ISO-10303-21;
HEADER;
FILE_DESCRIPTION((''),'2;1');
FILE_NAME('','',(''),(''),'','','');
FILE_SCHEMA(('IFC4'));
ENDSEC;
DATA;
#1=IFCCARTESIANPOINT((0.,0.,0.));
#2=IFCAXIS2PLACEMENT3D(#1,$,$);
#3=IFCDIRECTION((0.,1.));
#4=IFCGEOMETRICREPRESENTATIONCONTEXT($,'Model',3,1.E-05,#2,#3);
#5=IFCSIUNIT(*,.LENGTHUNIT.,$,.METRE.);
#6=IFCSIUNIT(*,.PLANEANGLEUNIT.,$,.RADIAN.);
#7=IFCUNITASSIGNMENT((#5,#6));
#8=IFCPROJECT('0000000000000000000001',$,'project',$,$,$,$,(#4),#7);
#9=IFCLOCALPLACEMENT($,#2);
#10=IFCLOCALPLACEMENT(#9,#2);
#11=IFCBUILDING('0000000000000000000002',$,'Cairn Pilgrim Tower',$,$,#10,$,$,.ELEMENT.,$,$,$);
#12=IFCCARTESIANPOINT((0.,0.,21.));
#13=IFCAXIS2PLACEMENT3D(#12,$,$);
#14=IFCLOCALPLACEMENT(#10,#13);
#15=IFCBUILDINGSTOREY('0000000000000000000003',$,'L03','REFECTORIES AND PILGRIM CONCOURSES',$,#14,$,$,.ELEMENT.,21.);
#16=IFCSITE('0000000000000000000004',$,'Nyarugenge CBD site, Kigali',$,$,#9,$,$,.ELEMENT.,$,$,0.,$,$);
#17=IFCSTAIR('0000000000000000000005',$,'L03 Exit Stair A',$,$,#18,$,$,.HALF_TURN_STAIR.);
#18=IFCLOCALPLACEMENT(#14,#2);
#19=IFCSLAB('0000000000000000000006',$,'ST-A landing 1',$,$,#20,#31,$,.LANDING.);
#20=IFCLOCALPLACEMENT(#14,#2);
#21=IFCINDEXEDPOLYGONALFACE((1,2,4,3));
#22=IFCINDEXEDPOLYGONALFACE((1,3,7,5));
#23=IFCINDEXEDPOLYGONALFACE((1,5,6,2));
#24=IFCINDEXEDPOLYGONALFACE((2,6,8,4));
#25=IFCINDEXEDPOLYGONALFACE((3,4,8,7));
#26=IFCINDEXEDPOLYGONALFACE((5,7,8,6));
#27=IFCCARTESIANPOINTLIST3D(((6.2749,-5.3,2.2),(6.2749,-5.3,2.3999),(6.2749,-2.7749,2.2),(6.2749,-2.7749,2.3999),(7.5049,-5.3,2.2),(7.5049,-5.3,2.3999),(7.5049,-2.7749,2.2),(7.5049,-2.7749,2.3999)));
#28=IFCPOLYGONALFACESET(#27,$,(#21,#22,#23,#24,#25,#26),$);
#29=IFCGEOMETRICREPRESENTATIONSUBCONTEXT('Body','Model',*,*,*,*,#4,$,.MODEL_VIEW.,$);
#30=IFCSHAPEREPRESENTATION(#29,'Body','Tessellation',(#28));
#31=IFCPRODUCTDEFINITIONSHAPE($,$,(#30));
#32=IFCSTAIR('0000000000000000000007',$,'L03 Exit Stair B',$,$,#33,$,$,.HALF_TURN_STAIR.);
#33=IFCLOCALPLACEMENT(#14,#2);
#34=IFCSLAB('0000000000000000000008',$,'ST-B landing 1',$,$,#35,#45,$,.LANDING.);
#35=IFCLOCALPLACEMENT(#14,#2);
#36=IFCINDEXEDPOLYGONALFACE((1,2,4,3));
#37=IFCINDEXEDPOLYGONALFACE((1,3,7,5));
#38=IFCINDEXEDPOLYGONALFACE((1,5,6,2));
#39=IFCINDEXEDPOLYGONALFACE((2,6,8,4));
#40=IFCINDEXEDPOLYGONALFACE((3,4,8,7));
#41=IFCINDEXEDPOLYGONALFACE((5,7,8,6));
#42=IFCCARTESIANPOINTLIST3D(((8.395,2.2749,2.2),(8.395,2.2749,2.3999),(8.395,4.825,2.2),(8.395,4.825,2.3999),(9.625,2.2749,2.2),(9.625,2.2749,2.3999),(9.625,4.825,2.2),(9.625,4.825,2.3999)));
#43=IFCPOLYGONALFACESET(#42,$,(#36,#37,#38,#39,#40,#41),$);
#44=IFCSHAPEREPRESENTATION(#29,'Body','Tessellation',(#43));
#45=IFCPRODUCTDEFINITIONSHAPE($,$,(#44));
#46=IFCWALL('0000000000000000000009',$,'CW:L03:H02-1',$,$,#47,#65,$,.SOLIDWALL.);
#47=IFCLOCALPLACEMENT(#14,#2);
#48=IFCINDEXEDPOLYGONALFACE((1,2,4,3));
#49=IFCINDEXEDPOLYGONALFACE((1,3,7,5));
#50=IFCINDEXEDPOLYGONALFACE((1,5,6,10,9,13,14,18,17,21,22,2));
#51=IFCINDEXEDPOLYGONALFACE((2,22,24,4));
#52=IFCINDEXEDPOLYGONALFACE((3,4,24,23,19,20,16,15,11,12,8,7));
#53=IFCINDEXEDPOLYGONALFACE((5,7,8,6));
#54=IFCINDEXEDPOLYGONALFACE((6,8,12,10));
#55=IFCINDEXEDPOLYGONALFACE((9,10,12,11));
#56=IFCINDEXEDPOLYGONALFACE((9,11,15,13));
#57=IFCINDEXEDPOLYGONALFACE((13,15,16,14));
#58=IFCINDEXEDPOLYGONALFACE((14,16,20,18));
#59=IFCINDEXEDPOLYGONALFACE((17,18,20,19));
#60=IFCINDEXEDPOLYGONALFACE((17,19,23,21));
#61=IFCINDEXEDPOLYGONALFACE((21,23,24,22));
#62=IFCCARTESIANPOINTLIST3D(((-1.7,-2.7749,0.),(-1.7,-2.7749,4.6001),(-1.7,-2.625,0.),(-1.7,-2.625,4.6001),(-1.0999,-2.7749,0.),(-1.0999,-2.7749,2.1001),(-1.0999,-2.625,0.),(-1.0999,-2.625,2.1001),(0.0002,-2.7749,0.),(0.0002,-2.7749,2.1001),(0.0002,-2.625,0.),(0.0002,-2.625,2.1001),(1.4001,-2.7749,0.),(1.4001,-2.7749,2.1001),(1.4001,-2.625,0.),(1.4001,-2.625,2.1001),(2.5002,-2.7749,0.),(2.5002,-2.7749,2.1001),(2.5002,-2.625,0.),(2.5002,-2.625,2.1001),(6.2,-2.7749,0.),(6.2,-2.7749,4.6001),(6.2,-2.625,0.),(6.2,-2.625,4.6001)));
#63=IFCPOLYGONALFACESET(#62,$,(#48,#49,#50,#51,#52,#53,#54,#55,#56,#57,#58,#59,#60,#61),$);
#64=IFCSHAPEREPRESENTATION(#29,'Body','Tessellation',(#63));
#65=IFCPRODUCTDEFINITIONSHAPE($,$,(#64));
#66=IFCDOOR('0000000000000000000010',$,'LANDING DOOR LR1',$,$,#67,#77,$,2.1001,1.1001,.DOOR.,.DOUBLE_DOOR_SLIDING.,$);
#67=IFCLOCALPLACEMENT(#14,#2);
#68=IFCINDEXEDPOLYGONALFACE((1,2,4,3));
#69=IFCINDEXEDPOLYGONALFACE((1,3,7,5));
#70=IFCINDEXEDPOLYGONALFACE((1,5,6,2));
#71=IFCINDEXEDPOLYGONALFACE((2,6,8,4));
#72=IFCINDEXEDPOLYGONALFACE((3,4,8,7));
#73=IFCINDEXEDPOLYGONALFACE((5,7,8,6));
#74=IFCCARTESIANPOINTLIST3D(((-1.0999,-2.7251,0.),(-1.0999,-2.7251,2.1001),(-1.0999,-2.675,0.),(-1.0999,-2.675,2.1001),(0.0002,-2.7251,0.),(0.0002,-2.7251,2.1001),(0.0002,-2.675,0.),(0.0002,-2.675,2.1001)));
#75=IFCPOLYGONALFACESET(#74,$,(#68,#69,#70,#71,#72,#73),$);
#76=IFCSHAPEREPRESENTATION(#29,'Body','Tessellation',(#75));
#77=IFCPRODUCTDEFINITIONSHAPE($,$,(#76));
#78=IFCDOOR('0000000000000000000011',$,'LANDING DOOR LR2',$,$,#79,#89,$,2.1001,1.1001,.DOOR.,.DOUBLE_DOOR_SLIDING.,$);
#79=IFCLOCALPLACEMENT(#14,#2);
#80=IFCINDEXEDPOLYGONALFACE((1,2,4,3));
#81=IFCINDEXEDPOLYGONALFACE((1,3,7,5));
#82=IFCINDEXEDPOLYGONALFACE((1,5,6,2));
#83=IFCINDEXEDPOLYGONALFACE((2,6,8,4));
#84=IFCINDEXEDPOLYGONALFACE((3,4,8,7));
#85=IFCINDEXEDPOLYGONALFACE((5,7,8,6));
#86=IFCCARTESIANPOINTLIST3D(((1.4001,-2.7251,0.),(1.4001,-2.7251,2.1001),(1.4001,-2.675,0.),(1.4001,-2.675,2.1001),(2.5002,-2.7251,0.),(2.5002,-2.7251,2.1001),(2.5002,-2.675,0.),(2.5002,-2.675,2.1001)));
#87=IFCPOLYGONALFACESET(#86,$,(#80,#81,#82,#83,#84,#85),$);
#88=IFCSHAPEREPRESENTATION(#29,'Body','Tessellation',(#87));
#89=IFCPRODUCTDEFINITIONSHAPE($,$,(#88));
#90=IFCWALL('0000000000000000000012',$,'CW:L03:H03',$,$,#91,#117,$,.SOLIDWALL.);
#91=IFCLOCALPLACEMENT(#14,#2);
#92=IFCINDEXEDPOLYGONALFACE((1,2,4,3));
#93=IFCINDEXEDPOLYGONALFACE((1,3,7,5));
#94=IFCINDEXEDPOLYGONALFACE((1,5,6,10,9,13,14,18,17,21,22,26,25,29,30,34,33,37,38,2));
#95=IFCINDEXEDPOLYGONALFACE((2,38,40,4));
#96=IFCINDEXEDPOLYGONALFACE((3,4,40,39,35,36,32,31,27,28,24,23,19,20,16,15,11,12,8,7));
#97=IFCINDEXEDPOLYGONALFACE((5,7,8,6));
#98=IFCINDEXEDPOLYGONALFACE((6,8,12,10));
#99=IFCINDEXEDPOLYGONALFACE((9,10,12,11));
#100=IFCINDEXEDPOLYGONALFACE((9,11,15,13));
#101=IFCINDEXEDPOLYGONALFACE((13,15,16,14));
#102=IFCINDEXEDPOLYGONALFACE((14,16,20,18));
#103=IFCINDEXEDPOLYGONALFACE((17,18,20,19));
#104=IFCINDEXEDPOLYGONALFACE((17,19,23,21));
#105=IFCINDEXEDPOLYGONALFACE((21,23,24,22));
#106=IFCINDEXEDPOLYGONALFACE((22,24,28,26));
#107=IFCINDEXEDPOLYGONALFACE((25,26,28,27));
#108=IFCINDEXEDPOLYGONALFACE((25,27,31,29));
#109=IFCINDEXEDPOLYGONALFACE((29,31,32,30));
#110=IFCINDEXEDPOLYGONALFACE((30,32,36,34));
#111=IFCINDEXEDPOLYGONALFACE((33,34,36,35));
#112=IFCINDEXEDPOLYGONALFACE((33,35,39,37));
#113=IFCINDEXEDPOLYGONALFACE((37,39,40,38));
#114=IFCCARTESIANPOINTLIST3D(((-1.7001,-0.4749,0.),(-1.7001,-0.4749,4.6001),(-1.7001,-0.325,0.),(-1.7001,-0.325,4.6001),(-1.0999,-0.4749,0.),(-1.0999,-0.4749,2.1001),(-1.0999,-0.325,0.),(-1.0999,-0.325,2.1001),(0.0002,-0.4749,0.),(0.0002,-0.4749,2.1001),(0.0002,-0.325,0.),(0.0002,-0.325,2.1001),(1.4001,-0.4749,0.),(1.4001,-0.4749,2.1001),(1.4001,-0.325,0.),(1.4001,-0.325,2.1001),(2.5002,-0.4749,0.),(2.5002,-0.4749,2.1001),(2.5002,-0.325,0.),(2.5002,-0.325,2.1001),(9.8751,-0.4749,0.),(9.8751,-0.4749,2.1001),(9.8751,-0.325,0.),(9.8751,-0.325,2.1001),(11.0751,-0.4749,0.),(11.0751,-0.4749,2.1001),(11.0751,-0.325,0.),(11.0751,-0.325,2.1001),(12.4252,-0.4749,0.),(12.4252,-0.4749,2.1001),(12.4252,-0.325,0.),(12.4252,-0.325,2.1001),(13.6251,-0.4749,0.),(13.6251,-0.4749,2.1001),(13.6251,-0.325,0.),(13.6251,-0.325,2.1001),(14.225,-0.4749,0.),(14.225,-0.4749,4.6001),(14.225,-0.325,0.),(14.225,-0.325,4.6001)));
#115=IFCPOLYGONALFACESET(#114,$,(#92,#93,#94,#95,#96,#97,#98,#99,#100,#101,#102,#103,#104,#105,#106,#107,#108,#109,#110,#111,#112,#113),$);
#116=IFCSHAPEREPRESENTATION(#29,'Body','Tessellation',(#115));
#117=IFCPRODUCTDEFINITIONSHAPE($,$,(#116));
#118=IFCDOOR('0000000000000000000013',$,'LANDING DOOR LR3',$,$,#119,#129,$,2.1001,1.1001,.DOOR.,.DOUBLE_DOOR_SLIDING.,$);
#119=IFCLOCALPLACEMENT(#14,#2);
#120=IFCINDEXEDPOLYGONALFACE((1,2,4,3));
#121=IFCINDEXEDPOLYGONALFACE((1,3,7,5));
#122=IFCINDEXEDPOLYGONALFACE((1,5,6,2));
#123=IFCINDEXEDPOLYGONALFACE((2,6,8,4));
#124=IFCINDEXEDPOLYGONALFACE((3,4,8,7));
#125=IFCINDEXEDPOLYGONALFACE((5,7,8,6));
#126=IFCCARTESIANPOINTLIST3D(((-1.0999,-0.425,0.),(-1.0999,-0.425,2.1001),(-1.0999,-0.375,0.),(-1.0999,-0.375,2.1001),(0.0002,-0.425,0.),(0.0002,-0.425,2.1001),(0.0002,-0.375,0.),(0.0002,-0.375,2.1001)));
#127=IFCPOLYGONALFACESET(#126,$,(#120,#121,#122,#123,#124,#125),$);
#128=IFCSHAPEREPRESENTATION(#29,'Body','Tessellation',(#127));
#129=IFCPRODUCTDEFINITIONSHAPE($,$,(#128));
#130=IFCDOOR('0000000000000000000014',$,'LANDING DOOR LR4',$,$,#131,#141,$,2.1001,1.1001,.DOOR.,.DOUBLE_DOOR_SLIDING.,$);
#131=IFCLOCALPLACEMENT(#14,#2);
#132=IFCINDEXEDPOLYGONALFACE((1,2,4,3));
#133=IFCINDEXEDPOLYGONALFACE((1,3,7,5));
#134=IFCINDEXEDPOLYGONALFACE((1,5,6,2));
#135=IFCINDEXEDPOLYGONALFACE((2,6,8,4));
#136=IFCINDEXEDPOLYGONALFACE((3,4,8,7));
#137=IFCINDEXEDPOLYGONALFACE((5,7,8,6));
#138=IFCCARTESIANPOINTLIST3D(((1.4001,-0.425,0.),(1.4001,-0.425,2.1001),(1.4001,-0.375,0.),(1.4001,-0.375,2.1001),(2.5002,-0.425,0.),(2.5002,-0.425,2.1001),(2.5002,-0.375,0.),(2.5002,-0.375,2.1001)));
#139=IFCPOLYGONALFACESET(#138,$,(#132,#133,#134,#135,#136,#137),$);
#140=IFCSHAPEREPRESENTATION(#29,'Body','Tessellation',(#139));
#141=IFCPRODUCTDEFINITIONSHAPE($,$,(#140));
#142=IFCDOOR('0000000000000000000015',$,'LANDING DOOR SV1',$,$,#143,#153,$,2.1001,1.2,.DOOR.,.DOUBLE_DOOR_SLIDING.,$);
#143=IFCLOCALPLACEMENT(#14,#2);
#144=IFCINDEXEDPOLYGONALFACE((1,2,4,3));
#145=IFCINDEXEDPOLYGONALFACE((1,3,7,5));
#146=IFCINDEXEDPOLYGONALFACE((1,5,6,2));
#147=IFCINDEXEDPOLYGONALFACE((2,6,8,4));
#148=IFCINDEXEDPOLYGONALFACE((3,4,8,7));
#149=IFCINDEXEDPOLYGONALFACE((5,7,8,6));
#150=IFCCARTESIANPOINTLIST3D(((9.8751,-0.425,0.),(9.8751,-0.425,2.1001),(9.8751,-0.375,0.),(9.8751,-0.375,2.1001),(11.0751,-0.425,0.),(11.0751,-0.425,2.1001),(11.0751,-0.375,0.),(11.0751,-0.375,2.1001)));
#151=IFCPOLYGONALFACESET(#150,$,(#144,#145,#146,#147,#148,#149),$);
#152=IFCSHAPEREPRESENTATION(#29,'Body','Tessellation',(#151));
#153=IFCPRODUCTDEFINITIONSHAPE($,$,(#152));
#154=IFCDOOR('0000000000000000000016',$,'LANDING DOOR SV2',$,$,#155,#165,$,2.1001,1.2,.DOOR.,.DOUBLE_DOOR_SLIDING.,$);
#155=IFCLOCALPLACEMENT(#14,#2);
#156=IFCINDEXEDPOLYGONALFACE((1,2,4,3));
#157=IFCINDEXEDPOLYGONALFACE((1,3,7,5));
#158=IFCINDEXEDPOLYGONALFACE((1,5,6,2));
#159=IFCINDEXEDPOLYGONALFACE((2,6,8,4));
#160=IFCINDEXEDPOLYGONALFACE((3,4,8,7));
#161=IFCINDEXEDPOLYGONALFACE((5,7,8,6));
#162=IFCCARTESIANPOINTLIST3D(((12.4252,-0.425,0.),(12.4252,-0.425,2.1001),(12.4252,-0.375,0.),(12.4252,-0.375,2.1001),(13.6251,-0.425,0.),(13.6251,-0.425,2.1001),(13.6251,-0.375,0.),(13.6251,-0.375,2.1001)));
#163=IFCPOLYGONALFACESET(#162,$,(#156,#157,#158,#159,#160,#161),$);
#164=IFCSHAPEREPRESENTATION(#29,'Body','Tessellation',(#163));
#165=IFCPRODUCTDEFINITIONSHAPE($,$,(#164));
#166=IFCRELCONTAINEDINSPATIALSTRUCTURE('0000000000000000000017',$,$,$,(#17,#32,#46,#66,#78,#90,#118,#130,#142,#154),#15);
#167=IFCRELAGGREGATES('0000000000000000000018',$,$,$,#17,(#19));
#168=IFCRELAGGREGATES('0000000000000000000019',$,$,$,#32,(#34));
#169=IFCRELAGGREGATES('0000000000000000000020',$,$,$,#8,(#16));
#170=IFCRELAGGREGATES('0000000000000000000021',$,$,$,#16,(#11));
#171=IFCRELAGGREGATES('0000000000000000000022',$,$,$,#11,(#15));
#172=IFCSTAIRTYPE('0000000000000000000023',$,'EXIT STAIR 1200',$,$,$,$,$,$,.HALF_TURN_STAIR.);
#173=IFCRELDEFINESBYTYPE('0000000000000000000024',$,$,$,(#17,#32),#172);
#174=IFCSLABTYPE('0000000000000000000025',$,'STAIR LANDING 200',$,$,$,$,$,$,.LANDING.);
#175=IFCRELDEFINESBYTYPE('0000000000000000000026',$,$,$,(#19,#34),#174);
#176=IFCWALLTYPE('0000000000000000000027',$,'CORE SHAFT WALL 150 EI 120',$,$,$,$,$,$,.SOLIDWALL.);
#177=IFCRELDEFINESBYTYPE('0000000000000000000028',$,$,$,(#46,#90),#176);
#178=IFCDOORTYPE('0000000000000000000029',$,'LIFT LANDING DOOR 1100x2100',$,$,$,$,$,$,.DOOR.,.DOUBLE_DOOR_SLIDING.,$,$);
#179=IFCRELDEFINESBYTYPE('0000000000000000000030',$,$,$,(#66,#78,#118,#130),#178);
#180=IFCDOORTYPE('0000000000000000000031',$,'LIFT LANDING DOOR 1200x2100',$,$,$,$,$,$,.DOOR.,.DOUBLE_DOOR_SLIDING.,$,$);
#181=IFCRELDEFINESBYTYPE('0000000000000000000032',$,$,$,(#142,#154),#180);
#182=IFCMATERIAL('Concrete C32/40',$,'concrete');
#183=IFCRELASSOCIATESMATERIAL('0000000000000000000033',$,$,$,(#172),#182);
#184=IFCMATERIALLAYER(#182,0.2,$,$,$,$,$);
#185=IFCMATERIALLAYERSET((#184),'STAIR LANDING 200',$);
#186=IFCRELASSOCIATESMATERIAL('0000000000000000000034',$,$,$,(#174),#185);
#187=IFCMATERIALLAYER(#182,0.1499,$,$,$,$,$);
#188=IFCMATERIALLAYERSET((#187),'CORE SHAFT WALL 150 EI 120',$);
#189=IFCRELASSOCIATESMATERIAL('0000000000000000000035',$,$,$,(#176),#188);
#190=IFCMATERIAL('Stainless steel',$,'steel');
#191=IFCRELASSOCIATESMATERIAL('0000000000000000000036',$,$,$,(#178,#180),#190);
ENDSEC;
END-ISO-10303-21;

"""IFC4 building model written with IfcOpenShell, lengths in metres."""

from ifc_helpers import new_model, si_unit, direction, frame, frame_2d, origin, place, context, subcontext, project, spatial, polyline, rectangle, outline, extrude, material, layer, layer_set, type_object, element, fill, aggregate, save


model = new_model("IFC4")

# Units and contexts
model_context = context("Model", 3, precision=1e-05, world=origin(), true_north=direction((0.0, 1.0)))
body_context = subcontext(model_context, "Body", "Model", "MODEL_VIEW")
ifc_project = project(units=[si_unit("LENGTHUNIT", "METRE"), si_unit("PLANEANGLEUNIT", "RADIAN")], contexts=[model_context])

# Site, building, storey
site_placement = place(None, origin())
site = spatial("IfcSite", under=ifc_project, at=site_placement, Name="Nyarugenge CBD site, Kigali", CompositionType="ELEMENT", RefElevation=0.0)
building_placement = place(site_placement, origin())
building = spatial("IfcBuilding", under=site, at=building_placement, Name="Cairn Pilgrim Tower", CompositionType="ELEMENT")
storey_placement = place(building_placement, frame((0.0, 0.0, 21.0)))
storey = spatial("IfcBuildingStorey", under=building, at=storey_placement, Name="L03", Description="REFECTORIES AND PILGRIM CONCOURSES", CompositionType="ELEMENT", Elevation=21.0)

# Stairs, slabs
ifc_material_1 = material(Name="Concrete C32/40", Category="concrete")
stair_type_1 = type_object("IfcStairType", Name="EXIT STAIR 1200", PredefinedType="HALF_TURN_STAIR", material=ifc_material_1)
stair_1_placement = place(storey_placement, origin())
stair_1 = element("IfcStair", 1, at=stair_1_placement, inside=storey, type_object=stair_type_1, Name="L03 Exit Stair A", PredefinedType="HALF_TURN_STAIR")
ifc_layer_1 = layer(ifc_material_1, 0.2)
ifc_layer_set_1 = layer_set([ifc_layer_1], Name="STAIR LANDING 200")
slab_type_1 = type_object("IfcSlabType", Name="STAIR LANDING 200", PredefinedType="LANDING", material=ifc_layer_set_1)
slab_1_placement = place(storey_placement, frame((0.0, 0.0, 2.2)))
slab_1 = element("IfcSlab", 2, at=slab_1_placement, type_object=slab_type_1, Name="ST-A landing 1", PredefinedType="LANDING", context=body_context, shape_type="SweptSolid", body=[
    extrude(outline(polyline([(7.5049, -2.7749), (6.2749, -2.7749), (6.2749, -5.3), (7.5049, -5.3), (7.5049, -2.7749)])), origin(), (0.0, 0.0, 1.0), 0.2),
])
aggregate(stair_1, [slab_1])
stair_2_placement = place(storey_placement, origin())
stair_2 = element("IfcStair", 3, at=stair_2_placement, inside=storey, type_object=stair_type_1, Name="L03 Exit Stair B", PredefinedType="HALF_TURN_STAIR")
slab_2_placement = place(storey_placement, frame((0.0, 0.0, 2.2)))
slab_2 = element("IfcSlab", 4, at=slab_2_placement, type_object=slab_type_1, Name="ST-B landing 1", PredefinedType="LANDING", context=body_context, shape_type="SweptSolid", body=[
    extrude(outline(polyline([(8.395, 2.2749), (9.625, 2.2749), (9.625, 4.825), (8.395, 4.825), (8.395, 2.2749)])), origin(), (0.0, 0.0, 1.0), 0.2),
])
aggregate(stair_2, [slab_2])

# Walls, openings, doors
ifc_layer_2 = layer(ifc_material_1, 0.1499)
ifc_layer_set_2 = layer_set([ifc_layer_2], Name="CORE SHAFT WALL 150 EI 120")
wall_type = type_object("IfcWallType", Name="CORE SHAFT WALL 150 EI 120", PredefinedType="SOLIDWALL", material=ifc_layer_set_2)
wall_1_placement = place(storey_placement, frame((-1.7, -2.7, 0.0), z_axis=(0.0, 0.0, 1.0), x_axis=(1.0, 0.0, 0.0)))
wall_1 = element("IfcWall", 5, at=wall_1_placement, inside=storey, type_object=wall_type, Name="CW:L03:H02-1", PredefinedType="SOLIDWALL", context=body_context, shape_type="SweptSolid", body=[
    extrude(rectangle(XDim=7.8999, YDim=0.1499, at=frame_2d((3.95, 0.0))), origin(), (0.0, 0.0, 1.0), 4.6001),
])
opening_1_placement = place(wall_1_placement, frame((0.6001, 0.0, 0.0)))
opening_1 = element("IfcOpeningElement", 6, at=opening_1_placement, cuts=wall_1, PredefinedType="OPENING", context=body_context, shape_type="SweptSolid", body=[
    extrude(rectangle(XDim=1.1001, YDim=2.1001, at=frame_2d((0.55, 1.05))), frame((0.0, 0.085, 0.0), z_axis=(0.0, -1.0, 0.0), x_axis=(1.0, 0.0, 0.0)), (0.0, 0.0, 1.0), 0.1699),
])
opening_2_placement = place(wall_1_placement, frame((3.1001, 0.0, 0.0)))
opening_2 = element("IfcOpeningElement", 7, at=opening_2_placement, cuts=wall_1, PredefinedType="OPENING", context=body_context, shape_type="SweptSolid", body=[
    extrude(rectangle(XDim=1.1001, YDim=2.1001, at=frame_2d((0.55, 1.05))), frame((0.0, 0.085, 0.0), z_axis=(0.0, -1.0, 0.0), x_axis=(1.0, 0.0, 0.0)), (0.0, 0.0, 1.0), 0.1699),
])
ifc_material_2 = material(Name="Stainless steel", Category="steel")
door_type_1 = type_object("IfcDoorType", Name="LIFT LANDING DOOR 1100x2100", OperationType="DOUBLE_DOOR_SLIDING", PredefinedType="DOOR", material=ifc_material_2)
door_1_placement = place(opening_1_placement, origin())
door_1 = element("IfcDoor", 8, at=door_1_placement, inside=storey, type_object=door_type_1, Name="LANDING DOOR LR1", OperationType="DOUBLE_DOOR_SLIDING", OverallHeight=2.1001, OverallWidth=1.1001, PredefinedType="DOOR", context=body_context, shape_type="SweptSolid", body=[
    extrude(rectangle(XDim=1.1001, YDim=2.1001, at=frame_2d((0.55, 1.05))), frame((0.0, 0.0249, 0.0), z_axis=(0.0, -1.0, 0.0), x_axis=(1.0, 0.0, 0.0)), (0.0, 0.0, 1.0), 0.05),
])
fill(opening_1, door_1)
door_2_placement = place(opening_2_placement, origin())
door_2 = element("IfcDoor", 9, at=door_2_placement, inside=storey, type_object=door_type_1, Name="LANDING DOOR LR2", OperationType="DOUBLE_DOOR_SLIDING", OverallHeight=2.1001, OverallWidth=1.1001, PredefinedType="DOOR", context=body_context, shape_type="SweptSolid", body=[
    extrude(rectangle(XDim=1.1001, YDim=2.1001, at=frame_2d((0.55, 1.05))), frame((0.0, 0.0249, 0.0), z_axis=(0.0, -1.0, 0.0), x_axis=(1.0, 0.0, 0.0)), (0.0, 0.0, 1.0), 0.05),
])
fill(opening_2, door_2)
wall_2_placement = place(storey_placement, frame((-1.7, -0.3999, 0.0), z_axis=(0.0, 0.0, 1.0), x_axis=(1.0, 0.0, 0.0)))
wall_2 = element("IfcWall", 10, at=wall_2_placement, inside=storey, type_object=wall_type, Name="CW:L03:H03", PredefinedType="SOLIDWALL", context=body_context, shape_type="SweptSolid", body=[
    extrude(rectangle(XDim=15.925, YDim=0.1499, at=frame_2d((7.9624, 0.0))), origin(), (0.0, 0.0, 1.0), 4.6001),
])
opening_3_placement = place(wall_2_placement, frame((0.6001, 0.0, 0.0)))
opening_3 = element("IfcOpeningElement", 11, at=opening_3_placement, cuts=wall_2, PredefinedType="OPENING", context=body_context, shape_type="SweptSolid", body=[
    extrude(rectangle(XDim=1.1001, YDim=2.1001, at=frame_2d((0.55, 1.05))), frame((0.0, 0.085, 0.0), z_axis=(0.0, -1.0, 0.0), x_axis=(1.0, 0.0, 0.0)), (0.0, 0.0, 1.0), 0.1699),
])
opening_4_placement = place(wall_2_placement, frame((3.1001, 0.0, 0.0)))
opening_4 = element("IfcOpeningElement", 12, at=opening_4_placement, cuts=wall_2, PredefinedType="OPENING", context=body_context, shape_type="SweptSolid", body=[
    extrude(rectangle(XDim=1.1001, YDim=2.1001, at=frame_2d((0.55, 1.05))), frame((0.0, 0.085, 0.0), z_axis=(0.0, -1.0, 0.0), x_axis=(1.0, 0.0, 0.0)), (0.0, 0.0, 1.0), 0.1699),
])
opening_5_placement = place(wall_2_placement, frame((11.575, 0.0, 0.0)))
opening_5 = element("IfcOpeningElement", 13, at=opening_5_placement, cuts=wall_2, PredefinedType="OPENING", context=body_context, shape_type="SweptSolid", body=[
    extrude(rectangle(XDim=1.2, YDim=2.1001, at=frame_2d((0.6001, 1.05))), frame((0.0, 0.085, 0.0), z_axis=(0.0, -1.0, 0.0), x_axis=(1.0, 0.0, 0.0)), (0.0, 0.0, 1.0), 0.1699),
])
opening_6_placement = place(wall_2_placement, frame((14.125, 0.0, 0.0)))
opening_6 = element("IfcOpeningElement", 14, at=opening_6_placement, cuts=wall_2, PredefinedType="OPENING", context=body_context, shape_type="SweptSolid", body=[
    extrude(rectangle(XDim=1.2, YDim=2.1001, at=frame_2d((0.6001, 1.05))), frame((0.0, 0.085, 0.0), z_axis=(0.0, -1.0, 0.0), x_axis=(1.0, 0.0, 0.0)), (0.0, 0.0, 1.0), 0.1699),
])
door_3_placement = place(opening_3_placement, origin())
door_3 = element("IfcDoor", 15, at=door_3_placement, inside=storey, type_object=door_type_1, Name="LANDING DOOR LR3", OperationType="DOUBLE_DOOR_SLIDING", OverallHeight=2.1001, OverallWidth=1.1001, PredefinedType="DOOR", context=body_context, shape_type="SweptSolid", body=[
    extrude(rectangle(XDim=1.1001, YDim=2.1001, at=frame_2d((0.55, 1.05))), frame((0.0, 0.0249, 0.0), z_axis=(0.0, -1.0, 0.0), x_axis=(1.0, 0.0, 0.0)), (0.0, 0.0, 1.0), 0.05),
])
fill(opening_3, door_3)
door_4_placement = place(opening_4_placement, origin())
door_4 = element("IfcDoor", 16, at=door_4_placement, inside=storey, type_object=door_type_1, Name="LANDING DOOR LR4", OperationType="DOUBLE_DOOR_SLIDING", OverallHeight=2.1001, OverallWidth=1.1001, PredefinedType="DOOR", context=body_context, shape_type="SweptSolid", body=[
    extrude(rectangle(XDim=1.1001, YDim=2.1001, at=frame_2d((0.55, 1.05))), frame((0.0, 0.0249, 0.0), z_axis=(0.0, -1.0, 0.0), x_axis=(1.0, 0.0, 0.0)), (0.0, 0.0, 1.0), 0.05),
])
fill(opening_4, door_4)
door_type_2 = type_object("IfcDoorType", Name="LIFT LANDING DOOR 1200x2100", OperationType="DOUBLE_DOOR_SLIDING", PredefinedType="DOOR", material=ifc_material_2)
door_5_placement = place(opening_5_placement, origin())
door_5 = element("IfcDoor", 17, at=door_5_placement, inside=storey, type_object=door_type_2, Name="LANDING DOOR SV1", OperationType="DOUBLE_DOOR_SLIDING", OverallHeight=2.1001, OverallWidth=1.2, PredefinedType="DOOR", context=body_context, shape_type="SweptSolid", body=[
    extrude(rectangle(XDim=1.2, YDim=2.1001, at=frame_2d((0.6001, 1.05))), frame((0.0, 0.0249, 0.0), z_axis=(0.0, -1.0, 0.0), x_axis=(1.0, 0.0, 0.0)), (0.0, 0.0, 1.0), 0.05),
])
fill(opening_5, door_5)
door_6_placement = place(opening_6_placement, origin())
door_6 = element("IfcDoor", 18, at=door_6_placement, inside=storey, type_object=door_type_2, Name="LANDING DOOR SV2", OperationType="DOUBLE_DOOR_SLIDING", OverallHeight=2.1001, OverallWidth=1.2, PredefinedType="DOOR", context=body_context, shape_type="SweptSolid", body=[
    extrude(rectangle(XDim=1.2, YDim=2.1001, at=frame_2d((0.6001, 1.05))), frame((0.0, 0.0249, 0.0), z_axis=(0.0, -1.0, 0.0), x_axis=(1.0, 0.0, 0.0)), (0.0, 0.0, 1.0), 0.05),
])
fill(opening_6, door_6)

save(model, "model.ifc")
